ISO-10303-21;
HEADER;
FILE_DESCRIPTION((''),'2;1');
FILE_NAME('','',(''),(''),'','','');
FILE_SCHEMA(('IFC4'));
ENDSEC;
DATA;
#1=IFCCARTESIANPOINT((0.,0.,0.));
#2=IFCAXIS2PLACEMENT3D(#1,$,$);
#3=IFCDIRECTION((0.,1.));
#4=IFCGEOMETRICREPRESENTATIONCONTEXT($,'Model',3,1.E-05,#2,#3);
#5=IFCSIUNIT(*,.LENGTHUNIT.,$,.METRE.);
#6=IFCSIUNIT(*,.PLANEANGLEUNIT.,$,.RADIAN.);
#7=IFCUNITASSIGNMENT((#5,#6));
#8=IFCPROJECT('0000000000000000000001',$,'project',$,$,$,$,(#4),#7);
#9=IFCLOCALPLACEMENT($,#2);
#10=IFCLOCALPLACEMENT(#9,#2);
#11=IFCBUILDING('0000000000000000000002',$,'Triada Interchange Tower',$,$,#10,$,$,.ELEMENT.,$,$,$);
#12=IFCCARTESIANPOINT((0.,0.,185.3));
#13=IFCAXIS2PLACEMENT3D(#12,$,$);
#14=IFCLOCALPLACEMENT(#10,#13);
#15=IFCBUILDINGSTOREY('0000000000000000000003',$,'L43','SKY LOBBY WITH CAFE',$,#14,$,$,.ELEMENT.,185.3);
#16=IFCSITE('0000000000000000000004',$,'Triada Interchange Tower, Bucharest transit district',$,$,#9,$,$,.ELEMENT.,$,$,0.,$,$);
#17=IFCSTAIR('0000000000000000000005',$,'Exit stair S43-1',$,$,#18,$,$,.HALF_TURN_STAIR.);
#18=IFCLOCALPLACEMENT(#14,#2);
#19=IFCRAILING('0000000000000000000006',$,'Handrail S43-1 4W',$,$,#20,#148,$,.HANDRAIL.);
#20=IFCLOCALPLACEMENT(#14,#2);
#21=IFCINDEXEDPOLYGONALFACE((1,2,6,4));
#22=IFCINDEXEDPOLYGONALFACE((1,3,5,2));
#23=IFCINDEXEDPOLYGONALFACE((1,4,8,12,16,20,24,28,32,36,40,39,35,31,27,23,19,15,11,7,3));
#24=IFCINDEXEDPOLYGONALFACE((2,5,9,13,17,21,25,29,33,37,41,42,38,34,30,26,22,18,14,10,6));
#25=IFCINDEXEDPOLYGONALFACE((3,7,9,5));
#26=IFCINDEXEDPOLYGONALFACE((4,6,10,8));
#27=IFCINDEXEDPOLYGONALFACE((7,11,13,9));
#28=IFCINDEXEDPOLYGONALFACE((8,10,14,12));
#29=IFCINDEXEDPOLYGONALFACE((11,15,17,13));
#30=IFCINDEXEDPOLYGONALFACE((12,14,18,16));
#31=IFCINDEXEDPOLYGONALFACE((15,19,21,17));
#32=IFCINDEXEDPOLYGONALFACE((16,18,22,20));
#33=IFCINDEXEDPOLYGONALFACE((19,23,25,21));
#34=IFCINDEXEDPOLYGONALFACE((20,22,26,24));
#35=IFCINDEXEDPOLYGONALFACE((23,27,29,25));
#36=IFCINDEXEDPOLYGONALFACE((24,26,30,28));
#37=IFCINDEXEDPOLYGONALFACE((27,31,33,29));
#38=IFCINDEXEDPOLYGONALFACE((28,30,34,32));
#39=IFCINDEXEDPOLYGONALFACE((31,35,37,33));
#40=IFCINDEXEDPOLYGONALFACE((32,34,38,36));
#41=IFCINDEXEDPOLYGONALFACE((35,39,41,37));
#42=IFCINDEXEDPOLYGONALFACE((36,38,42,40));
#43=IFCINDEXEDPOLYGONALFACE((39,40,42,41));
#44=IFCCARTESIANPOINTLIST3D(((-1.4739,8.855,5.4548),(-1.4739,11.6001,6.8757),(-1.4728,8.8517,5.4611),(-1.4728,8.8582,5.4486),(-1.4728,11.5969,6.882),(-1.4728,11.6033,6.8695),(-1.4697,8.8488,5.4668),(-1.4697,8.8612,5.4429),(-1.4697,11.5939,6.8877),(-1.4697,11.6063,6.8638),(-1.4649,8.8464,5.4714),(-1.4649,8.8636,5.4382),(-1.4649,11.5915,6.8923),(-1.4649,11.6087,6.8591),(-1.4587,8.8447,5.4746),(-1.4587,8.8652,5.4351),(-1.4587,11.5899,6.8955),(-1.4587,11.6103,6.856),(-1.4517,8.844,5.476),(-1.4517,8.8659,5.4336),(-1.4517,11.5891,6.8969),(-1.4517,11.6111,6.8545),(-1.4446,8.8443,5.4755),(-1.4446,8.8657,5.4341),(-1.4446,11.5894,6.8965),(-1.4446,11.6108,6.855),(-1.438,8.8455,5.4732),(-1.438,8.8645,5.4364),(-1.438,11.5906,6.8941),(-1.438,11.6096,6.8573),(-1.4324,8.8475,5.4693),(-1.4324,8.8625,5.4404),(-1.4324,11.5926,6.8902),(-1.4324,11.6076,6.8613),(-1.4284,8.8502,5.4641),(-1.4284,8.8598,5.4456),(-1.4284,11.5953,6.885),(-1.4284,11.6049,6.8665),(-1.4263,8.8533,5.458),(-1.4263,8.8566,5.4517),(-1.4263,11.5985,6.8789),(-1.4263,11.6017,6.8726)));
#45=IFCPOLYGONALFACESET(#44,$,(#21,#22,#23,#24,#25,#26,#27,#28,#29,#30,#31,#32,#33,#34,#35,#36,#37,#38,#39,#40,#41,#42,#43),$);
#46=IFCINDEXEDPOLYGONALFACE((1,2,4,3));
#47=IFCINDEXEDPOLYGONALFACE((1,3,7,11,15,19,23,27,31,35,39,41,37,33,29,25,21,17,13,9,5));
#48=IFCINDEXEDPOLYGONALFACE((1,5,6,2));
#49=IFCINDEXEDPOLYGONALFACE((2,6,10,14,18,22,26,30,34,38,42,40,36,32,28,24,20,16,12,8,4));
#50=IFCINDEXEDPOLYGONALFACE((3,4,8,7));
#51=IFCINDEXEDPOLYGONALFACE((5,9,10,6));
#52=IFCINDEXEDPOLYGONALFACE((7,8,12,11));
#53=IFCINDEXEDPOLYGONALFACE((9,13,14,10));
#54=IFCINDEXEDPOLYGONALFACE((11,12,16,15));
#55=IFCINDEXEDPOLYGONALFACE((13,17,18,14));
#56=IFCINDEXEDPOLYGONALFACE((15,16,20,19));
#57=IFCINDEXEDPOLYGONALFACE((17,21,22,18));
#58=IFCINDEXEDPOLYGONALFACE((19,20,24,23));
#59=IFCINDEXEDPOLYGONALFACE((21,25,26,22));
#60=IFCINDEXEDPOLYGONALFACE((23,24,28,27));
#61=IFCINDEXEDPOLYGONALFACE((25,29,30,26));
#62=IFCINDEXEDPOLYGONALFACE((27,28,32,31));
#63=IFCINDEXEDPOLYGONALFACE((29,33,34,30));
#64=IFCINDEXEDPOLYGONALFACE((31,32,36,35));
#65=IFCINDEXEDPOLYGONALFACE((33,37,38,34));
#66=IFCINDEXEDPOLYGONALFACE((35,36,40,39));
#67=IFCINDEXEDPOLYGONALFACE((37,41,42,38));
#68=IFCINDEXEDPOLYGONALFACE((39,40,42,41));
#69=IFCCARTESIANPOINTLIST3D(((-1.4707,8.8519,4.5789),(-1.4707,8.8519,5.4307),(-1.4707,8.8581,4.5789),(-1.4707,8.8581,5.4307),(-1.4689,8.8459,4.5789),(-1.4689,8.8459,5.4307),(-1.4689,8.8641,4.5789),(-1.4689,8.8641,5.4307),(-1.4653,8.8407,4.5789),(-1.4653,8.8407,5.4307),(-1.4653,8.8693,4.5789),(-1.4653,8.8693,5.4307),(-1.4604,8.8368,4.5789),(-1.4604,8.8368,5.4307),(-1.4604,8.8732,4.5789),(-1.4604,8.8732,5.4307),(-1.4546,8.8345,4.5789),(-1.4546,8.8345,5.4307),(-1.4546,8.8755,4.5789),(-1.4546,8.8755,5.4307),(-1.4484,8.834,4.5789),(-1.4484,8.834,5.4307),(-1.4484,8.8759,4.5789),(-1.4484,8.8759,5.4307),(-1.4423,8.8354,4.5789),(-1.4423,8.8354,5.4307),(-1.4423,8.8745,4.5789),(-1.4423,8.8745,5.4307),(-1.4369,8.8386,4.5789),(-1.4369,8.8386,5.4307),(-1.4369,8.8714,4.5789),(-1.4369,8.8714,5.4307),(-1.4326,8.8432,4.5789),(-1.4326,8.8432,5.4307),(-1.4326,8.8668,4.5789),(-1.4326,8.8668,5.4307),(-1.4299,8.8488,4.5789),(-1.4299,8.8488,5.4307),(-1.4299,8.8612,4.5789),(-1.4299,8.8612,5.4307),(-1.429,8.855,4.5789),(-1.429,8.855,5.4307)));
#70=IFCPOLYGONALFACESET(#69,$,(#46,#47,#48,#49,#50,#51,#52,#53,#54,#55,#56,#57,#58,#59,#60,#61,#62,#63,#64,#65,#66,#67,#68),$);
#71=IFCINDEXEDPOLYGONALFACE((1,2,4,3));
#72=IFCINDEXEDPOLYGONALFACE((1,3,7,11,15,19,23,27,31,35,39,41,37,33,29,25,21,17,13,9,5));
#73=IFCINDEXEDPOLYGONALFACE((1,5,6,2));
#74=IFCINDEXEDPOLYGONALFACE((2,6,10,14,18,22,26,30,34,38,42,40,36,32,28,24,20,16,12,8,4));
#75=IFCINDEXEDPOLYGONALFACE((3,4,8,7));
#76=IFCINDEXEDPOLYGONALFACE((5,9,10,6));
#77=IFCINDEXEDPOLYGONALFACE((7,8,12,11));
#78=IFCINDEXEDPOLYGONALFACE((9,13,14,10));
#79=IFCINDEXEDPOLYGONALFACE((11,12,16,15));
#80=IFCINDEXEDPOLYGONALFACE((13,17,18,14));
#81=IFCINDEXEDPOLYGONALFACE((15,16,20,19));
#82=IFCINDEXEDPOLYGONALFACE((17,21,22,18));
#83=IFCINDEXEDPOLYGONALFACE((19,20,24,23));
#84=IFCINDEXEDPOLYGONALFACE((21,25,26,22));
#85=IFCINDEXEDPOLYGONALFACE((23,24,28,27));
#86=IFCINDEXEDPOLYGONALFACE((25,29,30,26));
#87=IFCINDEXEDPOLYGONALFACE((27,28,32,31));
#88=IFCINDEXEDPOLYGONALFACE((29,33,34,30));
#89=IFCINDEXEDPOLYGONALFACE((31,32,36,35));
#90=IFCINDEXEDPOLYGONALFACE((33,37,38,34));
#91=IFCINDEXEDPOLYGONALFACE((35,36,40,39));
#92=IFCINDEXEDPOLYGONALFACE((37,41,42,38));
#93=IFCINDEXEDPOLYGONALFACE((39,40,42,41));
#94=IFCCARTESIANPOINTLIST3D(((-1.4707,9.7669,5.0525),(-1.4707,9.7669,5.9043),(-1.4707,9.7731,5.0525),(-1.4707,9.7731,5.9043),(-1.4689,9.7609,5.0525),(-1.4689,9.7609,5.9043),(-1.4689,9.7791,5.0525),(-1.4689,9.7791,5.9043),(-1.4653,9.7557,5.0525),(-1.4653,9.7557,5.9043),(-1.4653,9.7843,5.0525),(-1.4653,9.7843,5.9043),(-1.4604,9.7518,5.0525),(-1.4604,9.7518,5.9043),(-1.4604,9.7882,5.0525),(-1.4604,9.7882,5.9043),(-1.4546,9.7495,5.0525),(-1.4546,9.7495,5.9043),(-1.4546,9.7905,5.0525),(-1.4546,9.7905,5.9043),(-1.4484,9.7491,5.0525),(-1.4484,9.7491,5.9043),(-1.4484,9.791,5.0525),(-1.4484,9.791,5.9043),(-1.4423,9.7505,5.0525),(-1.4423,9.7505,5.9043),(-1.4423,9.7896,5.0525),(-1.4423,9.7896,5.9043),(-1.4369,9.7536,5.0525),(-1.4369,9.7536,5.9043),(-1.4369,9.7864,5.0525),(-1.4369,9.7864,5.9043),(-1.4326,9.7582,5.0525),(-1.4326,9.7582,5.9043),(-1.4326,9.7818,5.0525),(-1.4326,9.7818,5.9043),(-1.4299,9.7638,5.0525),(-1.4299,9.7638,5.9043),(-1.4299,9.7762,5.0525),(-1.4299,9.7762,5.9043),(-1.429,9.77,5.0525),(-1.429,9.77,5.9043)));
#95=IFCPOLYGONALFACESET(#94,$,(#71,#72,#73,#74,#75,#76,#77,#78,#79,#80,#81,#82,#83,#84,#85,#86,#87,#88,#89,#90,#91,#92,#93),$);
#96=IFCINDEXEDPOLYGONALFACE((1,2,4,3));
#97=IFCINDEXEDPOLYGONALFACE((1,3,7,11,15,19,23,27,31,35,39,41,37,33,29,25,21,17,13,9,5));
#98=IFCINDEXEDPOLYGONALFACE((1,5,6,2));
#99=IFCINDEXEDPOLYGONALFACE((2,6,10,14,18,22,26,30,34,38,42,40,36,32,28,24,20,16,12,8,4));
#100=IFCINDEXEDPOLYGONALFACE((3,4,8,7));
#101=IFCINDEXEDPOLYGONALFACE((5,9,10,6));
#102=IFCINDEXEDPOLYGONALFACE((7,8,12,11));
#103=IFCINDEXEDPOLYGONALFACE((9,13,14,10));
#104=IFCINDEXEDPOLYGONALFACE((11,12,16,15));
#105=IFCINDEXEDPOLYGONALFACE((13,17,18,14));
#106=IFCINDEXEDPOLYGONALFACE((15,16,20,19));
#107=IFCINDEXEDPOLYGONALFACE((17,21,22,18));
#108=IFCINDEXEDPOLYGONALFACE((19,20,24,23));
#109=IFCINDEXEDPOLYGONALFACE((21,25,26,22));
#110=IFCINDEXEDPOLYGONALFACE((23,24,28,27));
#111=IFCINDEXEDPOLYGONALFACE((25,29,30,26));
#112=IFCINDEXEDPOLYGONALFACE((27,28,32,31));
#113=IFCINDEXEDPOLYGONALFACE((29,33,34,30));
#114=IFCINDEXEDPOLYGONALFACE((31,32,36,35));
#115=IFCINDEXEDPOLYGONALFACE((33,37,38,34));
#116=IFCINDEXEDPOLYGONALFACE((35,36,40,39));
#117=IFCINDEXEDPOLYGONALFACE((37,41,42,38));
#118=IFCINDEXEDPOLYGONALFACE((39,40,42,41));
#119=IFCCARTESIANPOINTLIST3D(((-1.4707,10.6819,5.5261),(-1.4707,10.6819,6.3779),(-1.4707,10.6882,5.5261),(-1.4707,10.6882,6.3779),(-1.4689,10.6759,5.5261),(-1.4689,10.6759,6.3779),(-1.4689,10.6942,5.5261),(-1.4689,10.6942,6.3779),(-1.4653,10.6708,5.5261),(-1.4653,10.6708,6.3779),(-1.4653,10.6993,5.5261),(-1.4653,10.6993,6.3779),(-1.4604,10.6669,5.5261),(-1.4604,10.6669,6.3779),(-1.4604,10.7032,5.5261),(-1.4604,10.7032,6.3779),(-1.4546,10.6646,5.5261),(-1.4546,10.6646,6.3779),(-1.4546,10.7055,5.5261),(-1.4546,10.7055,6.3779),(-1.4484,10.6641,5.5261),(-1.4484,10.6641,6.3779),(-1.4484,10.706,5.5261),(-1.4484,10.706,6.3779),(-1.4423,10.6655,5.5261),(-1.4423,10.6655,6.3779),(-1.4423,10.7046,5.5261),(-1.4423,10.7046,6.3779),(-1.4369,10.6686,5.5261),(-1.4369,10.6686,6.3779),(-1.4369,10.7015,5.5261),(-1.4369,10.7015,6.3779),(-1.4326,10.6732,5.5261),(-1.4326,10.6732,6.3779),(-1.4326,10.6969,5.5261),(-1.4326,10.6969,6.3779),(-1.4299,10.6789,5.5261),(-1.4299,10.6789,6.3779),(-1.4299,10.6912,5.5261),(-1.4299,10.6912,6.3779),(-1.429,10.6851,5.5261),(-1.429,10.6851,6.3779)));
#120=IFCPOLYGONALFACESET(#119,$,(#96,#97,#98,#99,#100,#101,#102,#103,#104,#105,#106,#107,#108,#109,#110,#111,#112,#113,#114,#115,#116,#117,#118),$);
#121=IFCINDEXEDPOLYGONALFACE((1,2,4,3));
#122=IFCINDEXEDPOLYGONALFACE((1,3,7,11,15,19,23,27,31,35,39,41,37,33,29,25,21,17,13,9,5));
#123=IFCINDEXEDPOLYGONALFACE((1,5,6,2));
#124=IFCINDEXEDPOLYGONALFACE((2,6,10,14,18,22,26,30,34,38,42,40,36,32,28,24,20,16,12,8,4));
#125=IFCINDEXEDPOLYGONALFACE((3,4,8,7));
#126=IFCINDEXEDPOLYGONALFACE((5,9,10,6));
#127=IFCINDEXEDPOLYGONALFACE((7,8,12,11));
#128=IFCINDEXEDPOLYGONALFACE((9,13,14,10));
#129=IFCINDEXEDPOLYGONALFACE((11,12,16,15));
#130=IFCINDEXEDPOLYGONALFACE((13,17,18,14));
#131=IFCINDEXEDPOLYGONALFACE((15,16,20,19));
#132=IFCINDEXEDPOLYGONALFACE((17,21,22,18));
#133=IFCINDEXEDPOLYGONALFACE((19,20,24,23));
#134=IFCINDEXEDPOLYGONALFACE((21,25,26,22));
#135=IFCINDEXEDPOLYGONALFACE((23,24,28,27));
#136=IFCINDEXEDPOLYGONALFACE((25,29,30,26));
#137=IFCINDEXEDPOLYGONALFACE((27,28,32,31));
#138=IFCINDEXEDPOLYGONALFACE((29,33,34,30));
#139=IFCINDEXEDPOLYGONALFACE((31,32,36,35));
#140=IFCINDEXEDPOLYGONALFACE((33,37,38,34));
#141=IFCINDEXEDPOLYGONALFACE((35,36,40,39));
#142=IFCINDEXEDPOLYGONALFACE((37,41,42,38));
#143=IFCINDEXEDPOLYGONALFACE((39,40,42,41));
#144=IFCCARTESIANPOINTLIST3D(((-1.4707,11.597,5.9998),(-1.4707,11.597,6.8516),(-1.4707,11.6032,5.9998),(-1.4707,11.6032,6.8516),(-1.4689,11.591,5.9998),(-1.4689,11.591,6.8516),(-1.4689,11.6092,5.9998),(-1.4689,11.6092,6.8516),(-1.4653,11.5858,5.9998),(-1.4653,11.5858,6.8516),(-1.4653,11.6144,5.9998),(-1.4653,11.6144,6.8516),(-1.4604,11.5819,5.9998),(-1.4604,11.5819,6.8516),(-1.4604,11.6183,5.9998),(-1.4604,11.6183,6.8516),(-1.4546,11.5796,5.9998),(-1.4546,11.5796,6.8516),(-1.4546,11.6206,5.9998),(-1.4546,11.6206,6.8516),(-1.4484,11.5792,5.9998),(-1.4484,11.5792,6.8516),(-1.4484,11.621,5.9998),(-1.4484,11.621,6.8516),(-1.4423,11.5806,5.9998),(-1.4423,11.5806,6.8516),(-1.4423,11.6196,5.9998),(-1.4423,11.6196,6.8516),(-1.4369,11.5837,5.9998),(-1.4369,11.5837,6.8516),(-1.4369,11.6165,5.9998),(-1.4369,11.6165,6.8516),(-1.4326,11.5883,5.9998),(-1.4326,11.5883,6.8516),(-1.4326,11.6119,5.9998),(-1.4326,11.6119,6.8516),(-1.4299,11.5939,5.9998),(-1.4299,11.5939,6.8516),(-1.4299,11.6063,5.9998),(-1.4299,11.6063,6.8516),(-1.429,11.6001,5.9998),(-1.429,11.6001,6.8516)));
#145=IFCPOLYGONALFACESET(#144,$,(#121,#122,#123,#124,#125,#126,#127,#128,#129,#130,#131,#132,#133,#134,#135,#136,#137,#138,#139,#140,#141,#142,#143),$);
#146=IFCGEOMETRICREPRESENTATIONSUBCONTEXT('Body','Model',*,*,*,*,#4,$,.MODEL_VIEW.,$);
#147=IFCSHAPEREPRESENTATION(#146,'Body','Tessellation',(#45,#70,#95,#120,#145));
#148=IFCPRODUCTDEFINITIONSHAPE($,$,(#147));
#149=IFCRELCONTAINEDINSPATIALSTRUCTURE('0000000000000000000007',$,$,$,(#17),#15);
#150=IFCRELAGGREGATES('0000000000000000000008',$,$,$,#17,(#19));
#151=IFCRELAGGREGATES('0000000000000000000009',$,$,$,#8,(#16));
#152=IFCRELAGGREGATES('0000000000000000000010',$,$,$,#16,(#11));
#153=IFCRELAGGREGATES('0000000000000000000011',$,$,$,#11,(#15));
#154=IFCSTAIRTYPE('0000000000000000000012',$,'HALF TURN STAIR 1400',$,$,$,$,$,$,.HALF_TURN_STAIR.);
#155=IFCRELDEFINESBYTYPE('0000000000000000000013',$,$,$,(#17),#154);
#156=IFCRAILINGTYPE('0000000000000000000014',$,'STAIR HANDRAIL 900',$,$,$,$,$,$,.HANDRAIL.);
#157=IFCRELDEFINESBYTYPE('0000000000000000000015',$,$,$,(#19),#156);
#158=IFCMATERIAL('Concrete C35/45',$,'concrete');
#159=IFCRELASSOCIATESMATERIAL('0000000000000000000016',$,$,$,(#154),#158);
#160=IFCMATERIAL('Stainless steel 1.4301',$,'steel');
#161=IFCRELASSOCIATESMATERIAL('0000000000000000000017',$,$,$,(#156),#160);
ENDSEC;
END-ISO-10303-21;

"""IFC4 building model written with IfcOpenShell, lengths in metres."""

from ifc_helpers import new_model, si_unit, direction, frame, origin, origin_2d, place, context, subcontext, project, spatial, circle, extrude, material, type_object, element, aggregate, save


model = new_model("IFC4")

# Units and contexts
model_context = context("Model", 3, precision=1e-05, world=origin(), true_north=direction((0.0, 1.0)))
body_context = subcontext(model_context, "Body", "Model", "MODEL_VIEW")
ifc_project = project(units=[si_unit("LENGTHUNIT", "METRE"), si_unit("PLANEANGLEUNIT", "RADIAN")], contexts=[model_context])

# Site, building, storey
site_placement = place(None, origin())
site = spatial("IfcSite", under=ifc_project, at=site_placement, Name="Triada Interchange Tower, Bucharest transit district", CompositionType="ELEMENT", RefElevation=0.0)
building_placement = place(site_placement, origin())
building = spatial("IfcBuilding", under=site, at=building_placement, Name="Triada Interchange Tower", CompositionType="ELEMENT")
storey_placement = place(building_placement, frame((0.0, 0.0, 185.3)))
storey = spatial("IfcBuildingStorey", under=building, at=storey_placement, Name="L43", Description="SKY LOBBY WITH CAFE", CompositionType="ELEMENT", Elevation=185.3)

# Stair, railing
ifc_material_1 = material(Name="Concrete C35/45", Category="concrete")
stair_type = type_object("IfcStairType", Name="HALF TURN STAIR 1400", PredefinedType="HALF_TURN_STAIR", material=ifc_material_1)
stair_placement = place(storey_placement, origin())
stair = element("IfcStair", 1, at=stair_placement, inside=storey, type_object=stair_type, Name="Exit stair S43-1", PredefinedType="HALF_TURN_STAIR")
ifc_material_2 = material(Name="Stainless steel 1.4301", Category="steel")
railing_type = type_object("IfcRailingType", Name="STAIR HANDRAIL 900", PredefinedType="HANDRAIL", material=ifc_material_2)
railing_1_placement = place(storey_placement, frame((-1.45, 8.855, 4.5789)))
railing_1 = element("IfcRailing", 2, at=railing_1_placement, type_object=railing_type, Name="Handrail S43-1 4W", PredefinedType="HANDRAIL", context=body_context, shape_type="SweptSolid", body=[
    extrude(circle(Radius=0.0239, at=origin_2d()), frame((0.0, 0.0, 0.876), z_axis=(0.0, 0.888084, 0.459681), x_axis=(-1.0, 0.0, 0.0)), (0.0, 0.0, 1.0), 3.0911),
    extrude(circle(Radius=0.021, at=origin_2d()), origin(), (0.0, 0.0, 1.0), 0.8518),
    extrude(circle(Radius=0.021, at=origin_2d()), frame((0.0, 0.915, 0.4736)), (0.0, 0.0, 1.0), 0.8518),
    extrude(circle(Radius=0.021, at=origin_2d()), frame((0.0, 1.8301, 0.9473)), (0.0, 0.0, 1.0), 0.8518),
    extrude(circle(Radius=0.021, at=origin_2d()), frame((0.0, 2.7451, 1.4209)), (0.0, 0.0, 1.0), 0.8518),
])
aggregate(stair, [railing_1])

save(model, "model.ifc")
